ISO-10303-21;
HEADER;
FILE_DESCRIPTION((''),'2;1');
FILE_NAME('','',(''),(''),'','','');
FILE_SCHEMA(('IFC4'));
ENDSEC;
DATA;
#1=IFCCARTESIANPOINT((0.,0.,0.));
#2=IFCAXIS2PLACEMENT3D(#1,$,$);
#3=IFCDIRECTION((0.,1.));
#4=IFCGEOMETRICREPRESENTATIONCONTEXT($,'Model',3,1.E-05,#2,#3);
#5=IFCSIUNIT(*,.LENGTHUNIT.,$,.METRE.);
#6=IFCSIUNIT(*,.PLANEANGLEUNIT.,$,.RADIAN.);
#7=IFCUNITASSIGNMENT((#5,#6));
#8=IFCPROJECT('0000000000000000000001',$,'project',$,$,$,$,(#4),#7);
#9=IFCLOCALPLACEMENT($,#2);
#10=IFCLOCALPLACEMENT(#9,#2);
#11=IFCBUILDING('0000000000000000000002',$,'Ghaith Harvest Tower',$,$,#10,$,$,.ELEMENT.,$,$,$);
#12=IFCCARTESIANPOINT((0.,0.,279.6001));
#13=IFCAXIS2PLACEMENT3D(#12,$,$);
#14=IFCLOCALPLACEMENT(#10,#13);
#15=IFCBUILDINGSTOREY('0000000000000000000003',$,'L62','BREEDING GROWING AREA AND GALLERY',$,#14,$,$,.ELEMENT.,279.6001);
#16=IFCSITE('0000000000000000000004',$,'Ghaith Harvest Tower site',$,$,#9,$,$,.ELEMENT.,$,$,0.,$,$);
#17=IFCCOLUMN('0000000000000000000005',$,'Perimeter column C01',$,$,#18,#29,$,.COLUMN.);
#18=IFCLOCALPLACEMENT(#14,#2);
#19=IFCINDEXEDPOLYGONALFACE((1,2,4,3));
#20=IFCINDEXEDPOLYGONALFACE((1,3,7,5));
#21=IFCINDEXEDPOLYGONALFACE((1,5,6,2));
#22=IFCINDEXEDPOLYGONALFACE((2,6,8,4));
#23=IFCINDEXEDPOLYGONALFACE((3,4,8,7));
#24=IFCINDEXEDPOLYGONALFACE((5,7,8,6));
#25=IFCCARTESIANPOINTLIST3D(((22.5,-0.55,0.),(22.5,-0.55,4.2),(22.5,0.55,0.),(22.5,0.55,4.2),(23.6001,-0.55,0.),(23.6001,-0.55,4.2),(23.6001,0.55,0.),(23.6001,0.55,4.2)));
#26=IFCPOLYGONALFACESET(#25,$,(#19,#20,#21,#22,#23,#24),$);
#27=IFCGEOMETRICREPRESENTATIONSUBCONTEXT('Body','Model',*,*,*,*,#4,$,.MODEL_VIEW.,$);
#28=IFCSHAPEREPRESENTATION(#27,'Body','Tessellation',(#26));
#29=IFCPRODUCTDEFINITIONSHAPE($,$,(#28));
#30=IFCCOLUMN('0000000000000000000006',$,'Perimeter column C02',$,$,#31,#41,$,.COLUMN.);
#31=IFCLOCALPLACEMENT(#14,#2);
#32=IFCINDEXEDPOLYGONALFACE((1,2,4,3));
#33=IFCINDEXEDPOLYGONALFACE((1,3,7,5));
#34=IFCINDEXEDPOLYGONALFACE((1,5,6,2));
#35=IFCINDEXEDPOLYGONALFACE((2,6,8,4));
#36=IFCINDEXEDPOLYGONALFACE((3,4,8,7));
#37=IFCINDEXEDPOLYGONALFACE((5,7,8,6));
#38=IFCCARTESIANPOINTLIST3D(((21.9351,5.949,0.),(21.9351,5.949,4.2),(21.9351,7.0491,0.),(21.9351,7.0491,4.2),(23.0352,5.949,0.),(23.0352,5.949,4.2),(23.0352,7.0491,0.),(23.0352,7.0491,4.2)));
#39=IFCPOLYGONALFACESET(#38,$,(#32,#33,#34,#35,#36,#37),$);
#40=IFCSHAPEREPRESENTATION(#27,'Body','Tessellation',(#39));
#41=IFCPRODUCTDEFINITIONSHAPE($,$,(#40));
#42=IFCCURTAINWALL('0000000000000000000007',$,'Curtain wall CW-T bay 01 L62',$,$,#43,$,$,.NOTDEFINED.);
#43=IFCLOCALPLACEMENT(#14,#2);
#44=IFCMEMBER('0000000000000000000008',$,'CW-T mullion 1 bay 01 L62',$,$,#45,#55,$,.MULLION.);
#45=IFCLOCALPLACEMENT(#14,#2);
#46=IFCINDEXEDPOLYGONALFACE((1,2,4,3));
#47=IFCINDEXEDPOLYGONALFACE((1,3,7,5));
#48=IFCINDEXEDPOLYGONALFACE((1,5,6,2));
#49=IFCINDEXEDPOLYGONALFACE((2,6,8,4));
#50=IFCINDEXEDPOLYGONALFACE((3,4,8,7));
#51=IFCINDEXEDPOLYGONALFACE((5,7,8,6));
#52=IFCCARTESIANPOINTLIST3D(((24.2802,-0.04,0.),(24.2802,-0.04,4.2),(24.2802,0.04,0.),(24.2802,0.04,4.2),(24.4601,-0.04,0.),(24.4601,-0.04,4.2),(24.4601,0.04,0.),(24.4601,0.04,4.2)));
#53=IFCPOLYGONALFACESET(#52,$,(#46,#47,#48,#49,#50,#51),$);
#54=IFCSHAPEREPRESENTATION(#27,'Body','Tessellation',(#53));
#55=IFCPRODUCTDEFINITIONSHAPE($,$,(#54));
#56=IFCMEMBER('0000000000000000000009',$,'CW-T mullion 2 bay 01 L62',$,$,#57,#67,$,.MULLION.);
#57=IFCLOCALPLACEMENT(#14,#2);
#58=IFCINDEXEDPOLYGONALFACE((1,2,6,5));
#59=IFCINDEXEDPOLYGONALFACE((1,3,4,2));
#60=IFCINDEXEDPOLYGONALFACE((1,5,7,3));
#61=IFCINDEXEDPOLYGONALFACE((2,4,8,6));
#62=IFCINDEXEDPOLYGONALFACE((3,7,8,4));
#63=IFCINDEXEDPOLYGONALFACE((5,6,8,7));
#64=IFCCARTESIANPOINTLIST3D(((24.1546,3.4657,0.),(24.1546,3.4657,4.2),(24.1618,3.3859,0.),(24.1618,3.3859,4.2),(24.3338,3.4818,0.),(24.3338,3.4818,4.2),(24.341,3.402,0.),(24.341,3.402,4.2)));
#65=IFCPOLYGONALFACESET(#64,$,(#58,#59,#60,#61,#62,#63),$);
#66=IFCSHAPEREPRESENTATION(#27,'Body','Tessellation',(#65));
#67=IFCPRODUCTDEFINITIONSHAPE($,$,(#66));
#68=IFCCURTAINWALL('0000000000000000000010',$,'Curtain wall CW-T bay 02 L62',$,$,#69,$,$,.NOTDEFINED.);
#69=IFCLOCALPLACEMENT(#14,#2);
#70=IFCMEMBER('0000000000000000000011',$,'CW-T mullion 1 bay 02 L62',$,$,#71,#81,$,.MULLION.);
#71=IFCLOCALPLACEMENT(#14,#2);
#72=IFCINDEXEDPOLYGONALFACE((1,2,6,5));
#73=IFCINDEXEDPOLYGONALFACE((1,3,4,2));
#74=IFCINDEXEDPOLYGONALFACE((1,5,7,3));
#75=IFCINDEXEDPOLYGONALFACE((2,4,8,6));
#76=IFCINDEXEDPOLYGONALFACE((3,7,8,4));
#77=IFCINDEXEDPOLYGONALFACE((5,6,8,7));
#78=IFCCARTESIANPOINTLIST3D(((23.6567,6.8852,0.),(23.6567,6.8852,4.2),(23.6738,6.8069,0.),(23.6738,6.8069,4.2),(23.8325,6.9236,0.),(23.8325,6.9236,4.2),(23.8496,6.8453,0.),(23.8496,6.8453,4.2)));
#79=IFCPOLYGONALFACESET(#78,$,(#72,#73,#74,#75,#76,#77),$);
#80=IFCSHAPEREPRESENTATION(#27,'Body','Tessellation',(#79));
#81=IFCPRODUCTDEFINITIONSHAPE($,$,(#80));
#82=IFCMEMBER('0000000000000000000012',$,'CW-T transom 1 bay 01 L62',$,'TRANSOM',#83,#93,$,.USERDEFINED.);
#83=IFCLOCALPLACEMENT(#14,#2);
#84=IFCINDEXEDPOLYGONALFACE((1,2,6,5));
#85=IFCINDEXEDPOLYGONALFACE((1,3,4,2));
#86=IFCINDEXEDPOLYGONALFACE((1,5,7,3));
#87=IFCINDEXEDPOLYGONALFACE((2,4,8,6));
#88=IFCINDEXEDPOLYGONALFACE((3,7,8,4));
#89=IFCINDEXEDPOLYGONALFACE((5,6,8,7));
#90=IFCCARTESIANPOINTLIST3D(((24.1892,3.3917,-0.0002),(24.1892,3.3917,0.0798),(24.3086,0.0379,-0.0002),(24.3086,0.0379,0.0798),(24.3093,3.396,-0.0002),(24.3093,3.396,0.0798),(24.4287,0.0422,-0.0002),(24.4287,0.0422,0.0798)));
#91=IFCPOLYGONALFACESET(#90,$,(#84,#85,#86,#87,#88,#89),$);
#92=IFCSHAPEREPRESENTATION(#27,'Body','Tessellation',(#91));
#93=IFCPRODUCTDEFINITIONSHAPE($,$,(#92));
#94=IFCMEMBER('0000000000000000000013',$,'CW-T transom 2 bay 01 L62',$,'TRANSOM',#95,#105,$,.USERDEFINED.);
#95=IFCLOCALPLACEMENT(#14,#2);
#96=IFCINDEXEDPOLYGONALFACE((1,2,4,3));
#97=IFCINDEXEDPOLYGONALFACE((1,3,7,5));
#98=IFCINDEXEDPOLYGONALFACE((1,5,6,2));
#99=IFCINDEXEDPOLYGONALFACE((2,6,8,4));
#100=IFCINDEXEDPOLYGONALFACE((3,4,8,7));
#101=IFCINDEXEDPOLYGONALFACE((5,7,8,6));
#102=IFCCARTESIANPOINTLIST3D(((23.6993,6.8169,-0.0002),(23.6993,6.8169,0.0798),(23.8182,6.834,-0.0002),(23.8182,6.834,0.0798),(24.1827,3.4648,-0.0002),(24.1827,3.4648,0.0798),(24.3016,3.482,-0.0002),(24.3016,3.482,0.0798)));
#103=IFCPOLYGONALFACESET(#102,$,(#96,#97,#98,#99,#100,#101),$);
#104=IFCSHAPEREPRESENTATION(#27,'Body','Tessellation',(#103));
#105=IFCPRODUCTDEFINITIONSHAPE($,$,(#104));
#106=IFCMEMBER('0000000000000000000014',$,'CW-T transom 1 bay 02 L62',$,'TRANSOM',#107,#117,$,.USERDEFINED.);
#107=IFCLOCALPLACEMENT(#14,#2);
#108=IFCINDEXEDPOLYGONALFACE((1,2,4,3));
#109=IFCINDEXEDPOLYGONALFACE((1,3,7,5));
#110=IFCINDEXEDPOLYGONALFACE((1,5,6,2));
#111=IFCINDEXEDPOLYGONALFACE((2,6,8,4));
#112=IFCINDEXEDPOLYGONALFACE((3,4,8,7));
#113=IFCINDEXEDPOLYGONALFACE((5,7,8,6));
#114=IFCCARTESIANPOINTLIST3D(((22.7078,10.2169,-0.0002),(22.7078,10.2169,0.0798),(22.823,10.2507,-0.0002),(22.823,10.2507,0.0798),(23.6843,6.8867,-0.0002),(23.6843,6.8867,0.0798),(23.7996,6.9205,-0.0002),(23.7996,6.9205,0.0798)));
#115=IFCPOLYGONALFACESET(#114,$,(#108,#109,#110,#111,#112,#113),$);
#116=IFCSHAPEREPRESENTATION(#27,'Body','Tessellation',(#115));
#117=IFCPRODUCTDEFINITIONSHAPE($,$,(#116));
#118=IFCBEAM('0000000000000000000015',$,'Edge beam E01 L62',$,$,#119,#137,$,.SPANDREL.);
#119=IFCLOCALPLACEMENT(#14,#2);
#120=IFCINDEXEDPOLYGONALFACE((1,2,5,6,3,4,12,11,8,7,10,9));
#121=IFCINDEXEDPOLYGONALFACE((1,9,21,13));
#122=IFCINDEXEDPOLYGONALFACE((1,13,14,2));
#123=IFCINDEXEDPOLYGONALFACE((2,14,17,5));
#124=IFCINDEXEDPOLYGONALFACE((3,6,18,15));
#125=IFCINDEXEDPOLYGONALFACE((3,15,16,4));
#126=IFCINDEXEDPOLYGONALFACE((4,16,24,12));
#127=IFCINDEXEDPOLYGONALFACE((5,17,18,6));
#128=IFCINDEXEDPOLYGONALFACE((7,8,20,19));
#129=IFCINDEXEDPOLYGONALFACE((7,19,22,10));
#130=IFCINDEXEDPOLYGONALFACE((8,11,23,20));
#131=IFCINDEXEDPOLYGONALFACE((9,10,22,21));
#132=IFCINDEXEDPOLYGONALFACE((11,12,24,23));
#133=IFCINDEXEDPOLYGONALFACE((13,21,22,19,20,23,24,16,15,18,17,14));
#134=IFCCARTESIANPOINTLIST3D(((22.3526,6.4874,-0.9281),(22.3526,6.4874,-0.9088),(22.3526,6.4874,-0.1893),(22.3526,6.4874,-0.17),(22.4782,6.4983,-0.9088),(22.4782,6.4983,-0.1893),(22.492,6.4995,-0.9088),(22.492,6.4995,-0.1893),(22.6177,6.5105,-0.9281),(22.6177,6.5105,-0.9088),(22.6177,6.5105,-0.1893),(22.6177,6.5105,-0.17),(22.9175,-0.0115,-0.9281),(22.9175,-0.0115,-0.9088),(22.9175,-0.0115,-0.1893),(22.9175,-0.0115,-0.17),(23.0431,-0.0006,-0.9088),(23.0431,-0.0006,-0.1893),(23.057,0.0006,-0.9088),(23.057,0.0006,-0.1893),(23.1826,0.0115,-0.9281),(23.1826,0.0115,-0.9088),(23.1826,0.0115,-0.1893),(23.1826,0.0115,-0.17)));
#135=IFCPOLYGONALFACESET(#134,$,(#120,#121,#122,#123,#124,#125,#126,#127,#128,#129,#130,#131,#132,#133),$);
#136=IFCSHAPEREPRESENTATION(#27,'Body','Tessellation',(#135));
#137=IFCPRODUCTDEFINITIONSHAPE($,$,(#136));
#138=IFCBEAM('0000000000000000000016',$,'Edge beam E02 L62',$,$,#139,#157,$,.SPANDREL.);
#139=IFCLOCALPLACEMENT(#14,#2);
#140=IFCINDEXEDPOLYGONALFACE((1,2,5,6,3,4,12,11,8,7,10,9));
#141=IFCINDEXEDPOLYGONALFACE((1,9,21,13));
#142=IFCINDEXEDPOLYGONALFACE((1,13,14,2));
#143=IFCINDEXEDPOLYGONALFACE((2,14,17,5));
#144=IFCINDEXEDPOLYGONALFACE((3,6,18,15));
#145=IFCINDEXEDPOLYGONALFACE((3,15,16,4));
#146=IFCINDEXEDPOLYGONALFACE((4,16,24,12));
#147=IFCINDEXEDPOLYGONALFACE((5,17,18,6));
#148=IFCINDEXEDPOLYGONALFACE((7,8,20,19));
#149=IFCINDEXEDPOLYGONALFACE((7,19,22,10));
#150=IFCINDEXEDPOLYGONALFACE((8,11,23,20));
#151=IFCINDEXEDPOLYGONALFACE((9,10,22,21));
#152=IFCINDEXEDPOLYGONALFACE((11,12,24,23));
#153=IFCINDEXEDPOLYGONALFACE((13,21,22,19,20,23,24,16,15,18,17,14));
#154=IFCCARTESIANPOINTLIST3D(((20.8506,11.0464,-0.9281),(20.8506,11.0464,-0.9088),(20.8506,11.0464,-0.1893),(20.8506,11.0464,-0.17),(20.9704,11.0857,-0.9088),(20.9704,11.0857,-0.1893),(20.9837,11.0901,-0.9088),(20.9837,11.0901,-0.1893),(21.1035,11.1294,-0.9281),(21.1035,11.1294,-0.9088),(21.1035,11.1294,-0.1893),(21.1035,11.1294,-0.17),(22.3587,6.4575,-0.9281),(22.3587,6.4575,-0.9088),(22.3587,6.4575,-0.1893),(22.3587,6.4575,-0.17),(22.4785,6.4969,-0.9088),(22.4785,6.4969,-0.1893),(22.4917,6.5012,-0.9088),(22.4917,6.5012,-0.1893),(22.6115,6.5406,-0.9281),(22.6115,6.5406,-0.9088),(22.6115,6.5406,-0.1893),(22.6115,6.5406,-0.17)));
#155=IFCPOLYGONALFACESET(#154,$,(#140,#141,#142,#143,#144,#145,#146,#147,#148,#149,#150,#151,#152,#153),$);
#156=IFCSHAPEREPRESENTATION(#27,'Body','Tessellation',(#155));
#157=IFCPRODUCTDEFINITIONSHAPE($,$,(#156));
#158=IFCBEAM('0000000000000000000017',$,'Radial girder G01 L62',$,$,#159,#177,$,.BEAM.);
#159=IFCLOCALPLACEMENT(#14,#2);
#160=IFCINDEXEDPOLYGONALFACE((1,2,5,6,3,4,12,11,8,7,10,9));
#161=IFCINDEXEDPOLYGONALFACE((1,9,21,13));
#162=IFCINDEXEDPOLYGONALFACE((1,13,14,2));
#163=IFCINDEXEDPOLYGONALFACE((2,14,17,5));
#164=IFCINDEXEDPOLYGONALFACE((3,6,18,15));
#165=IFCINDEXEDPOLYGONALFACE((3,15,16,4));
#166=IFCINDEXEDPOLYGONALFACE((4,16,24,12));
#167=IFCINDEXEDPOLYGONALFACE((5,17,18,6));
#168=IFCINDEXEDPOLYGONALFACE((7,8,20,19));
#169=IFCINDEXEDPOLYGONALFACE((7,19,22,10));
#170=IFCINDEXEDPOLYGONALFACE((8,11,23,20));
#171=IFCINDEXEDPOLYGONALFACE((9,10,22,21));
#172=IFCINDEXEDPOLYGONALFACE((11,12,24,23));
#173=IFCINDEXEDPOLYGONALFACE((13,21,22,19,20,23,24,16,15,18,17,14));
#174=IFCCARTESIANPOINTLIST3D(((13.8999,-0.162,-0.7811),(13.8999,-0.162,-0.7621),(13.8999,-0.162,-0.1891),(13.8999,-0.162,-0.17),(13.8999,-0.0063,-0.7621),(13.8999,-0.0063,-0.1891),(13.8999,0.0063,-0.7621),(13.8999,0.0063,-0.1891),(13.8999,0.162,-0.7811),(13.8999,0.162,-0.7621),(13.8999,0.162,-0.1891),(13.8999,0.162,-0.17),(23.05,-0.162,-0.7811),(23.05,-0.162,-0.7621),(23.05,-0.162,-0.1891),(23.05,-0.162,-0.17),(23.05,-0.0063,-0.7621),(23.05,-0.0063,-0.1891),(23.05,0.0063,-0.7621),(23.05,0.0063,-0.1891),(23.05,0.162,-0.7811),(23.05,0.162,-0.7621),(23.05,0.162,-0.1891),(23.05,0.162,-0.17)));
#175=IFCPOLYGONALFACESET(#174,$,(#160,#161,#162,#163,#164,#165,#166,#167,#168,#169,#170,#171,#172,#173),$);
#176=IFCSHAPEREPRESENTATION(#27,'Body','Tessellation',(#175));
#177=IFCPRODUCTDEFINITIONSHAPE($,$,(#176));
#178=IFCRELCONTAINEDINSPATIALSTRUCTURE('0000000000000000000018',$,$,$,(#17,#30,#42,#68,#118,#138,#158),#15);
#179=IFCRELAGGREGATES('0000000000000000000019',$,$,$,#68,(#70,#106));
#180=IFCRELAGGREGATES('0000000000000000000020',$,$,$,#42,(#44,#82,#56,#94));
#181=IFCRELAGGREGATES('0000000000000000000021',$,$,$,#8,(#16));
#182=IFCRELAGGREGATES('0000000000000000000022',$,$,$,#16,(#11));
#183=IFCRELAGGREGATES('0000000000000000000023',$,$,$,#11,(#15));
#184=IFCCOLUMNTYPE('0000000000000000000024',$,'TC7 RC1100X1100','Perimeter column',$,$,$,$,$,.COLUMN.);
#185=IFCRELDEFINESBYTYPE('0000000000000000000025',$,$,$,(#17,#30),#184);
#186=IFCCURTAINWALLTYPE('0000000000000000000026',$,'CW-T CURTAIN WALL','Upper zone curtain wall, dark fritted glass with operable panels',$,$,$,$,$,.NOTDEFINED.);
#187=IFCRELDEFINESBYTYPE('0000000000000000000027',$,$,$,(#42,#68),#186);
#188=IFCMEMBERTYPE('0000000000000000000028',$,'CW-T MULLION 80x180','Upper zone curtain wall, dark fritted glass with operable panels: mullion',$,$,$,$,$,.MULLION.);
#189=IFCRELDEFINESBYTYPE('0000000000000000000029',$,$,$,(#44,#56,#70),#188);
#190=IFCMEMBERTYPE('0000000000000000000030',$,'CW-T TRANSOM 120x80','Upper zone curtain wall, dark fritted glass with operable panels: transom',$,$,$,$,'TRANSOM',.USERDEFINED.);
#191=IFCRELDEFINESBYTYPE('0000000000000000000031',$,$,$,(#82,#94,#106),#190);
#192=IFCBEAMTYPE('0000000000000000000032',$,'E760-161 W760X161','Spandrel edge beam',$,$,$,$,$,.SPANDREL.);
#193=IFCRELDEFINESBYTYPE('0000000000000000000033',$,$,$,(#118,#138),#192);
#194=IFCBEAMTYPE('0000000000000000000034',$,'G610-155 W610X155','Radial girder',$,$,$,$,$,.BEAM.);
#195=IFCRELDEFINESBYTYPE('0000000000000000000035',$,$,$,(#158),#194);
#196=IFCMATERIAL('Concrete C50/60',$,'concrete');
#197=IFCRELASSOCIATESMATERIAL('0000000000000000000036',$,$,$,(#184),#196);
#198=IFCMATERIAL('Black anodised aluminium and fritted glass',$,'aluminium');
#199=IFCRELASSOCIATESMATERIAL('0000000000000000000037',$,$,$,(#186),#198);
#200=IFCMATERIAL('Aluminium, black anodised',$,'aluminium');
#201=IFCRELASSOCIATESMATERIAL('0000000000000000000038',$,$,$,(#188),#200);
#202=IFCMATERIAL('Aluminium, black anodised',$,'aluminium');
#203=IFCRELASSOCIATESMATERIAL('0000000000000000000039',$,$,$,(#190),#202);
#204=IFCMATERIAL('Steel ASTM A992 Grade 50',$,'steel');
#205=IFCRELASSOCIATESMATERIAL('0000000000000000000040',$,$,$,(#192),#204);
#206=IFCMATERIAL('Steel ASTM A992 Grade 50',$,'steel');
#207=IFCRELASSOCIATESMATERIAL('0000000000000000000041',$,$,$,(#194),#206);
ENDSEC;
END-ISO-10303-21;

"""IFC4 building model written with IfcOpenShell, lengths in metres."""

from ifc_helpers import new_model, si_unit, direction, frame, origin, origin_2d, place, context, subcontext, project, spatial, rectangle, i_section, extrude, material, material_profile, profile_set, type_object, element, aggregate, save


model = new_model("IFC4")

# Units and contexts
model_context = context("Model", 3, precision=1e-05, world=origin(), true_north=direction((0.0, 1.0)))
body_context = subcontext(model_context, "Body", "Model", "MODEL_VIEW")
ifc_project = project(units=[si_unit("LENGTHUNIT", "METRE"), si_unit("PLANEANGLEUNIT", "RADIAN")], contexts=[model_context])

# Site, building, storey
site_placement = place(None, origin())
site = spatial("IfcSite", under=ifc_project, at=site_placement, Name="Ghaith Harvest Tower site", CompositionType="ELEMENT", RefElevation=0.0)
building_placement = place(site_placement, origin())
building = spatial("IfcBuilding", under=site, at=building_placement, Name="Ghaith Harvest Tower", CompositionType="ELEMENT")
storey_placement = place(building_placement, frame((0.0, 0.0, 279.6001)))
storey = spatial("IfcBuildingStorey", under=building, at=storey_placement, Name="L62", Description="BREEDING GROWING AREA AND GALLERY", CompositionType="ELEMENT", Elevation=279.6001)

# Columns
ifc_material_1 = material(Name="Concrete C50/60", Category="concrete")
ifc_material_profile_1 = material_profile(ifc_material_1, rectangle(XDim=1.1001, YDim=1.1001, at=origin_2d()), Name="RC1100X1100")
ifc_profile_set_1 = profile_set([ifc_material_profile_1], Name="Concrete C50/60")
column_type = type_object("IfcColumnType", Name="TC7 RC1100X1100", Description="Perimeter column", PredefinedType="COLUMN", material=ifc_profile_set_1)
for number, where, z_axis, x_axis, name in (
    (1, (23.05, 0.0, 0.0), (0.0, 0.0, 1.0), (1.0, 0.0, 0.0), "Perimeter column C01"),
    (2, (22.4851, 6.499, 0.0), (0.0, 0.0, 1.0), (1.0, 0.0, 0.0), "Perimeter column C02"),
):
    element("IfcColumn", number, at=place(storey_placement, frame(where, z_axis=z_axis, x_axis=x_axis)), inside=storey, type_object=column_type, Name=name, PredefinedType="COLUMN", context=body_context, shape_type="SweptSolid", body=[
        extrude(rectangle(XDim=1.1001, YDim=1.1001, at=origin_2d()), origin(), (0.0, 0.0, 1.0), 4.2),
    ])

# Curtain wall, members
ifc_material_2 = material(Name="Black anodised aluminium and fritted glass", Category="aluminium")
curtain_wall_type = type_object("IfcCurtainWallType", Name="CW-T CURTAIN WALL", Description="Upper zone curtain wall, dark fritted glass with operable panels", PredefinedType="NOTDEFINED", material=ifc_material_2)
curtain_wall_1_placement = place(storey_placement, origin())
curtain_wall_1 = element("IfcCurtainWall", 3, at=curtain_wall_1_placement, inside=storey, type_object=curtain_wall_type, Name="Curtain wall CW-T bay 01 L62", PredefinedType="NOTDEFINED")
ifc_material_3 = material(Name="Aluminium, black anodised", Category="aluminium")
ifc_material_profile_2 = material_profile(ifc_material_3, rectangle(XDim=0.0801, YDim=0.1799, at=origin_2d()), Name="CW-T MULLION 80x180")
ifc_profile_set_2 = profile_set([ifc_material_profile_2], Name="Aluminium, black anodised")
member_type_1 = type_object("IfcMemberType", Name="CW-T MULLION 80x180", Description="Upper zone curtain wall, dark fritted glass with operable panels: mullion", PredefinedType="MULLION", material=ifc_profile_set_2)
member_1_placement = place(storey_placement, frame((24.3701, 0.0, 0.0), z_axis=(0.0, 0.0, 1.0), x_axis=(0.0, 1.0, 0.0)))
member_1 = element("IfcMember", 4, at=member_1_placement, type_object=member_type_1, Name="CW-T mullion 1 bay 01 L62", PredefinedType="MULLION", context=body_context, shape_type="SweptSolid", body=[
    extrude(rectangle(XDim=0.0801, YDim=0.1799, at=origin_2d()), origin(), (0.0, 0.0, 1.0), 4.2),
])
member_2_placement = place(storey_placement, frame((24.2478, 3.4338, 0.0), z_axis=(0.0, 0.0, 1.0), x_axis=(-0.089502, 0.995987, 0.0)))
member_2 = element("IfcMember", 5, at=member_2_placement, type_object=member_type_1, Name="CW-T mullion 2 bay 01 L62", PredefinedType="MULLION", context=body_context, shape_type="SweptSolid", body=[
    extrude(rectangle(XDim=0.0801, YDim=0.1799, at=origin_2d()), origin(), (0.0, 0.0, 1.0), 4.2),
])

# Curtain wall, member
curtain_wall_2_placement = place(storey_placement, origin())
curtain_wall_2 = element("IfcCurtainWall", 6, at=curtain_wall_2_placement, inside=storey, type_object=curtain_wall_type, Name="Curtain wall CW-T bay 02 L62", PredefinedType="NOTDEFINED")
member_3_placement = place(storey_placement, frame((23.7532, 6.8652, 0.0), z_axis=(0.0, 0.0, 1.0), x_axis=(-0.213402, 0.976964, 0.0)))
member_3 = element("IfcMember", 7, at=member_3_placement, type_object=member_type_1, Name="CW-T mullion 1 bay 02 L62", PredefinedType="MULLION", context=body_context, shape_type="SweptSolid", body=[
    extrude(rectangle(XDim=0.0801, YDim=0.1799, at=origin_2d()), origin(), (0.0, 0.0, 1.0), 4.2),
])

# Members
ifc_material_4 = material(Name="Aluminium, black anodised", Category="aluminium")
ifc_material_profile_3 = material_profile(ifc_material_4, rectangle(XDim=0.1201, YDim=0.0801, at=origin_2d()), Name="CW-T TRANSOM 120x80")
ifc_profile_set_3 = profile_set([ifc_material_profile_3], Name="Aluminium, black anodised")
member_type_2 = type_object("IfcMemberType", Name="CW-T TRANSOM 120x80", Description="Upper zone curtain wall, dark fritted glass with operable panels: transom", ElementType="TRANSOM", PredefinedType="USERDEFINED", material=ifc_profile_set_3)
member_4_placement = place(storey_placement, frame((24.3687, 0.04, 0.0398), z_axis=(-0.035575, 0.999367, 0.0), x_axis=(-0.999367, -0.035575, 0.0)))
member_4 = element("IfcMember", 8, at=member_4_placement, type_object=member_type_2, Name="CW-T transom 1 bay 01 L62", ObjectType="TRANSOM", PredefinedType="USERDEFINED", context=body_context, shape_type="SweptSolid", body=[
    extrude(rectangle(XDim=0.1201, YDim=0.0801, at=origin_2d()), origin(), (0.0, 0.0, 1.0), 3.356),
])
member_5_placement = place(storey_placement, frame((24.2422, 3.4734, 0.0398), z_axis=(-0.142733, 0.989761, 0.0), x_axis=(-0.989761, -0.142733, 0.0)))
member_5 = element("IfcMember", 9, at=member_5_placement, type_object=member_type_2, Name="CW-T transom 2 bay 01 L62", ObjectType="TRANSOM", PredefinedType="USERDEFINED", context=body_context, shape_type="SweptSolid", body=[
    extrude(rectangle(XDim=0.1201, YDim=0.0801, at=origin_2d()), origin(), (0.0, 0.0, 1.0), 3.3867),
])
member_6_placement = place(storey_placement, frame((23.7419, 6.9036, 0.0398), z_axis=(-0.281385, 0.959595, 0.0), x_axis=(-0.959595, -0.281385, 0.0)))
member_6 = element("IfcMember", 10, at=member_6_placement, type_object=member_type_2, Name="CW-T transom 1 bay 02 L62", ObjectType="TRANSOM", PredefinedType="USERDEFINED", context=body_context, shape_type="SweptSolid", body=[
    extrude(rectangle(XDim=0.1201, YDim=0.0801, at=origin_2d()), origin(), (0.0, 0.0, 1.0), 3.4705),
])
aggregate(curtain_wall_2, [member_3, member_6])

# Beams
ifc_material_5 = material(Name="Steel ASTM A992 Grade 50", Category="steel")
ifc_material_profile_4 = material_profile(ifc_material_5, i_section(OverallWidth=0.2661, OverallDepth=0.7581, WebThickness=0.0139, FlangeThickness=0.0193, at=origin_2d()), Name="W760X161")
ifc_profile_set_4 = profile_set([ifc_material_profile_4], Name="Steel ASTM A992 Grade 50")
beam_type_1 = type_object("IfcBeamType", Name="E760-161 W760X161", Description="Spandrel edge beam", PredefinedType="SPANDREL", material=ifc_profile_set_4)
beam_1_placement = place(storey_placement, frame((23.05, 0.0, -0.5491), z_axis=(-0.086601, 0.996243, 0.0), x_axis=(-0.996243, -0.086601, 0.0)))
element("IfcBeam", 11, at=beam_1_placement, inside=storey, type_object=beam_type_1, Name="Edge beam E01 L62", PredefinedType="SPANDREL", context=body_context, shape_type="SweptSolid", body=[
    extrude(i_section(OverallWidth=0.2661, OverallDepth=0.7581, WebThickness=0.0139, FlangeThickness=0.0193, at=origin_2d()), origin(), (0.0, 0.0, 1.0), 6.5234),
])
beam_2_placement = place(storey_placement, frame((22.4851, 6.499, -0.5491), z_axis=(-0.312207, 0.950014, 0.0), x_axis=(-0.950014, -0.312207, 0.0)))
element("IfcBeam", 12, at=beam_2_placement, inside=storey, type_object=beam_type_1, Name="Edge beam E02 L62", PredefinedType="SPANDREL", context=body_context, shape_type="SweptSolid", body=[
    extrude(i_section(OverallWidth=0.2661, OverallDepth=0.7581, WebThickness=0.0139, FlangeThickness=0.0193, at=origin_2d()), origin(), (0.0, 0.0, 1.0), 4.8303),
])
ifc_material_6 = material(Name="Steel ASTM A992 Grade 50", Category="steel")
ifc_material_profile_5 = material_profile(ifc_material_6, i_section(OverallWidth=0.324, OverallDepth=0.6111, WebThickness=0.0127, FlangeThickness=0.019, at=origin_2d()), Name="W610X155")
ifc_profile_set_5 = profile_set([ifc_material_profile_5], Name="Steel ASTM A992 Grade 50")
beam_type_2 = type_object("IfcBeamType", Name="G610-155 W610X155", Description="Radial girder", PredefinedType="BEAM", material=ifc_profile_set_5)
beam_3_placement = place(storey_placement, frame((13.8999, 0.0, -0.4756), z_axis=(1.0, 0.0, 0.0), x_axis=(0.0, 1.0, 0.0)))
element("IfcBeam", 13, at=beam_3_placement, inside=storey, type_object=beam_type_2, Name="Radial girder G01 L62", PredefinedType="BEAM", context=body_context, shape_type="SweptSolid", body=[
    extrude(i_section(OverallWidth=0.324, OverallDepth=0.6111, WebThickness=0.0127, FlangeThickness=0.019, at=origin_2d()), origin(), (0.0, 0.0, 1.0), 9.1501),
])

aggregate(curtain_wall_1, [member_1, member_4, member_2, member_5])

save(model, "model.ifc")
